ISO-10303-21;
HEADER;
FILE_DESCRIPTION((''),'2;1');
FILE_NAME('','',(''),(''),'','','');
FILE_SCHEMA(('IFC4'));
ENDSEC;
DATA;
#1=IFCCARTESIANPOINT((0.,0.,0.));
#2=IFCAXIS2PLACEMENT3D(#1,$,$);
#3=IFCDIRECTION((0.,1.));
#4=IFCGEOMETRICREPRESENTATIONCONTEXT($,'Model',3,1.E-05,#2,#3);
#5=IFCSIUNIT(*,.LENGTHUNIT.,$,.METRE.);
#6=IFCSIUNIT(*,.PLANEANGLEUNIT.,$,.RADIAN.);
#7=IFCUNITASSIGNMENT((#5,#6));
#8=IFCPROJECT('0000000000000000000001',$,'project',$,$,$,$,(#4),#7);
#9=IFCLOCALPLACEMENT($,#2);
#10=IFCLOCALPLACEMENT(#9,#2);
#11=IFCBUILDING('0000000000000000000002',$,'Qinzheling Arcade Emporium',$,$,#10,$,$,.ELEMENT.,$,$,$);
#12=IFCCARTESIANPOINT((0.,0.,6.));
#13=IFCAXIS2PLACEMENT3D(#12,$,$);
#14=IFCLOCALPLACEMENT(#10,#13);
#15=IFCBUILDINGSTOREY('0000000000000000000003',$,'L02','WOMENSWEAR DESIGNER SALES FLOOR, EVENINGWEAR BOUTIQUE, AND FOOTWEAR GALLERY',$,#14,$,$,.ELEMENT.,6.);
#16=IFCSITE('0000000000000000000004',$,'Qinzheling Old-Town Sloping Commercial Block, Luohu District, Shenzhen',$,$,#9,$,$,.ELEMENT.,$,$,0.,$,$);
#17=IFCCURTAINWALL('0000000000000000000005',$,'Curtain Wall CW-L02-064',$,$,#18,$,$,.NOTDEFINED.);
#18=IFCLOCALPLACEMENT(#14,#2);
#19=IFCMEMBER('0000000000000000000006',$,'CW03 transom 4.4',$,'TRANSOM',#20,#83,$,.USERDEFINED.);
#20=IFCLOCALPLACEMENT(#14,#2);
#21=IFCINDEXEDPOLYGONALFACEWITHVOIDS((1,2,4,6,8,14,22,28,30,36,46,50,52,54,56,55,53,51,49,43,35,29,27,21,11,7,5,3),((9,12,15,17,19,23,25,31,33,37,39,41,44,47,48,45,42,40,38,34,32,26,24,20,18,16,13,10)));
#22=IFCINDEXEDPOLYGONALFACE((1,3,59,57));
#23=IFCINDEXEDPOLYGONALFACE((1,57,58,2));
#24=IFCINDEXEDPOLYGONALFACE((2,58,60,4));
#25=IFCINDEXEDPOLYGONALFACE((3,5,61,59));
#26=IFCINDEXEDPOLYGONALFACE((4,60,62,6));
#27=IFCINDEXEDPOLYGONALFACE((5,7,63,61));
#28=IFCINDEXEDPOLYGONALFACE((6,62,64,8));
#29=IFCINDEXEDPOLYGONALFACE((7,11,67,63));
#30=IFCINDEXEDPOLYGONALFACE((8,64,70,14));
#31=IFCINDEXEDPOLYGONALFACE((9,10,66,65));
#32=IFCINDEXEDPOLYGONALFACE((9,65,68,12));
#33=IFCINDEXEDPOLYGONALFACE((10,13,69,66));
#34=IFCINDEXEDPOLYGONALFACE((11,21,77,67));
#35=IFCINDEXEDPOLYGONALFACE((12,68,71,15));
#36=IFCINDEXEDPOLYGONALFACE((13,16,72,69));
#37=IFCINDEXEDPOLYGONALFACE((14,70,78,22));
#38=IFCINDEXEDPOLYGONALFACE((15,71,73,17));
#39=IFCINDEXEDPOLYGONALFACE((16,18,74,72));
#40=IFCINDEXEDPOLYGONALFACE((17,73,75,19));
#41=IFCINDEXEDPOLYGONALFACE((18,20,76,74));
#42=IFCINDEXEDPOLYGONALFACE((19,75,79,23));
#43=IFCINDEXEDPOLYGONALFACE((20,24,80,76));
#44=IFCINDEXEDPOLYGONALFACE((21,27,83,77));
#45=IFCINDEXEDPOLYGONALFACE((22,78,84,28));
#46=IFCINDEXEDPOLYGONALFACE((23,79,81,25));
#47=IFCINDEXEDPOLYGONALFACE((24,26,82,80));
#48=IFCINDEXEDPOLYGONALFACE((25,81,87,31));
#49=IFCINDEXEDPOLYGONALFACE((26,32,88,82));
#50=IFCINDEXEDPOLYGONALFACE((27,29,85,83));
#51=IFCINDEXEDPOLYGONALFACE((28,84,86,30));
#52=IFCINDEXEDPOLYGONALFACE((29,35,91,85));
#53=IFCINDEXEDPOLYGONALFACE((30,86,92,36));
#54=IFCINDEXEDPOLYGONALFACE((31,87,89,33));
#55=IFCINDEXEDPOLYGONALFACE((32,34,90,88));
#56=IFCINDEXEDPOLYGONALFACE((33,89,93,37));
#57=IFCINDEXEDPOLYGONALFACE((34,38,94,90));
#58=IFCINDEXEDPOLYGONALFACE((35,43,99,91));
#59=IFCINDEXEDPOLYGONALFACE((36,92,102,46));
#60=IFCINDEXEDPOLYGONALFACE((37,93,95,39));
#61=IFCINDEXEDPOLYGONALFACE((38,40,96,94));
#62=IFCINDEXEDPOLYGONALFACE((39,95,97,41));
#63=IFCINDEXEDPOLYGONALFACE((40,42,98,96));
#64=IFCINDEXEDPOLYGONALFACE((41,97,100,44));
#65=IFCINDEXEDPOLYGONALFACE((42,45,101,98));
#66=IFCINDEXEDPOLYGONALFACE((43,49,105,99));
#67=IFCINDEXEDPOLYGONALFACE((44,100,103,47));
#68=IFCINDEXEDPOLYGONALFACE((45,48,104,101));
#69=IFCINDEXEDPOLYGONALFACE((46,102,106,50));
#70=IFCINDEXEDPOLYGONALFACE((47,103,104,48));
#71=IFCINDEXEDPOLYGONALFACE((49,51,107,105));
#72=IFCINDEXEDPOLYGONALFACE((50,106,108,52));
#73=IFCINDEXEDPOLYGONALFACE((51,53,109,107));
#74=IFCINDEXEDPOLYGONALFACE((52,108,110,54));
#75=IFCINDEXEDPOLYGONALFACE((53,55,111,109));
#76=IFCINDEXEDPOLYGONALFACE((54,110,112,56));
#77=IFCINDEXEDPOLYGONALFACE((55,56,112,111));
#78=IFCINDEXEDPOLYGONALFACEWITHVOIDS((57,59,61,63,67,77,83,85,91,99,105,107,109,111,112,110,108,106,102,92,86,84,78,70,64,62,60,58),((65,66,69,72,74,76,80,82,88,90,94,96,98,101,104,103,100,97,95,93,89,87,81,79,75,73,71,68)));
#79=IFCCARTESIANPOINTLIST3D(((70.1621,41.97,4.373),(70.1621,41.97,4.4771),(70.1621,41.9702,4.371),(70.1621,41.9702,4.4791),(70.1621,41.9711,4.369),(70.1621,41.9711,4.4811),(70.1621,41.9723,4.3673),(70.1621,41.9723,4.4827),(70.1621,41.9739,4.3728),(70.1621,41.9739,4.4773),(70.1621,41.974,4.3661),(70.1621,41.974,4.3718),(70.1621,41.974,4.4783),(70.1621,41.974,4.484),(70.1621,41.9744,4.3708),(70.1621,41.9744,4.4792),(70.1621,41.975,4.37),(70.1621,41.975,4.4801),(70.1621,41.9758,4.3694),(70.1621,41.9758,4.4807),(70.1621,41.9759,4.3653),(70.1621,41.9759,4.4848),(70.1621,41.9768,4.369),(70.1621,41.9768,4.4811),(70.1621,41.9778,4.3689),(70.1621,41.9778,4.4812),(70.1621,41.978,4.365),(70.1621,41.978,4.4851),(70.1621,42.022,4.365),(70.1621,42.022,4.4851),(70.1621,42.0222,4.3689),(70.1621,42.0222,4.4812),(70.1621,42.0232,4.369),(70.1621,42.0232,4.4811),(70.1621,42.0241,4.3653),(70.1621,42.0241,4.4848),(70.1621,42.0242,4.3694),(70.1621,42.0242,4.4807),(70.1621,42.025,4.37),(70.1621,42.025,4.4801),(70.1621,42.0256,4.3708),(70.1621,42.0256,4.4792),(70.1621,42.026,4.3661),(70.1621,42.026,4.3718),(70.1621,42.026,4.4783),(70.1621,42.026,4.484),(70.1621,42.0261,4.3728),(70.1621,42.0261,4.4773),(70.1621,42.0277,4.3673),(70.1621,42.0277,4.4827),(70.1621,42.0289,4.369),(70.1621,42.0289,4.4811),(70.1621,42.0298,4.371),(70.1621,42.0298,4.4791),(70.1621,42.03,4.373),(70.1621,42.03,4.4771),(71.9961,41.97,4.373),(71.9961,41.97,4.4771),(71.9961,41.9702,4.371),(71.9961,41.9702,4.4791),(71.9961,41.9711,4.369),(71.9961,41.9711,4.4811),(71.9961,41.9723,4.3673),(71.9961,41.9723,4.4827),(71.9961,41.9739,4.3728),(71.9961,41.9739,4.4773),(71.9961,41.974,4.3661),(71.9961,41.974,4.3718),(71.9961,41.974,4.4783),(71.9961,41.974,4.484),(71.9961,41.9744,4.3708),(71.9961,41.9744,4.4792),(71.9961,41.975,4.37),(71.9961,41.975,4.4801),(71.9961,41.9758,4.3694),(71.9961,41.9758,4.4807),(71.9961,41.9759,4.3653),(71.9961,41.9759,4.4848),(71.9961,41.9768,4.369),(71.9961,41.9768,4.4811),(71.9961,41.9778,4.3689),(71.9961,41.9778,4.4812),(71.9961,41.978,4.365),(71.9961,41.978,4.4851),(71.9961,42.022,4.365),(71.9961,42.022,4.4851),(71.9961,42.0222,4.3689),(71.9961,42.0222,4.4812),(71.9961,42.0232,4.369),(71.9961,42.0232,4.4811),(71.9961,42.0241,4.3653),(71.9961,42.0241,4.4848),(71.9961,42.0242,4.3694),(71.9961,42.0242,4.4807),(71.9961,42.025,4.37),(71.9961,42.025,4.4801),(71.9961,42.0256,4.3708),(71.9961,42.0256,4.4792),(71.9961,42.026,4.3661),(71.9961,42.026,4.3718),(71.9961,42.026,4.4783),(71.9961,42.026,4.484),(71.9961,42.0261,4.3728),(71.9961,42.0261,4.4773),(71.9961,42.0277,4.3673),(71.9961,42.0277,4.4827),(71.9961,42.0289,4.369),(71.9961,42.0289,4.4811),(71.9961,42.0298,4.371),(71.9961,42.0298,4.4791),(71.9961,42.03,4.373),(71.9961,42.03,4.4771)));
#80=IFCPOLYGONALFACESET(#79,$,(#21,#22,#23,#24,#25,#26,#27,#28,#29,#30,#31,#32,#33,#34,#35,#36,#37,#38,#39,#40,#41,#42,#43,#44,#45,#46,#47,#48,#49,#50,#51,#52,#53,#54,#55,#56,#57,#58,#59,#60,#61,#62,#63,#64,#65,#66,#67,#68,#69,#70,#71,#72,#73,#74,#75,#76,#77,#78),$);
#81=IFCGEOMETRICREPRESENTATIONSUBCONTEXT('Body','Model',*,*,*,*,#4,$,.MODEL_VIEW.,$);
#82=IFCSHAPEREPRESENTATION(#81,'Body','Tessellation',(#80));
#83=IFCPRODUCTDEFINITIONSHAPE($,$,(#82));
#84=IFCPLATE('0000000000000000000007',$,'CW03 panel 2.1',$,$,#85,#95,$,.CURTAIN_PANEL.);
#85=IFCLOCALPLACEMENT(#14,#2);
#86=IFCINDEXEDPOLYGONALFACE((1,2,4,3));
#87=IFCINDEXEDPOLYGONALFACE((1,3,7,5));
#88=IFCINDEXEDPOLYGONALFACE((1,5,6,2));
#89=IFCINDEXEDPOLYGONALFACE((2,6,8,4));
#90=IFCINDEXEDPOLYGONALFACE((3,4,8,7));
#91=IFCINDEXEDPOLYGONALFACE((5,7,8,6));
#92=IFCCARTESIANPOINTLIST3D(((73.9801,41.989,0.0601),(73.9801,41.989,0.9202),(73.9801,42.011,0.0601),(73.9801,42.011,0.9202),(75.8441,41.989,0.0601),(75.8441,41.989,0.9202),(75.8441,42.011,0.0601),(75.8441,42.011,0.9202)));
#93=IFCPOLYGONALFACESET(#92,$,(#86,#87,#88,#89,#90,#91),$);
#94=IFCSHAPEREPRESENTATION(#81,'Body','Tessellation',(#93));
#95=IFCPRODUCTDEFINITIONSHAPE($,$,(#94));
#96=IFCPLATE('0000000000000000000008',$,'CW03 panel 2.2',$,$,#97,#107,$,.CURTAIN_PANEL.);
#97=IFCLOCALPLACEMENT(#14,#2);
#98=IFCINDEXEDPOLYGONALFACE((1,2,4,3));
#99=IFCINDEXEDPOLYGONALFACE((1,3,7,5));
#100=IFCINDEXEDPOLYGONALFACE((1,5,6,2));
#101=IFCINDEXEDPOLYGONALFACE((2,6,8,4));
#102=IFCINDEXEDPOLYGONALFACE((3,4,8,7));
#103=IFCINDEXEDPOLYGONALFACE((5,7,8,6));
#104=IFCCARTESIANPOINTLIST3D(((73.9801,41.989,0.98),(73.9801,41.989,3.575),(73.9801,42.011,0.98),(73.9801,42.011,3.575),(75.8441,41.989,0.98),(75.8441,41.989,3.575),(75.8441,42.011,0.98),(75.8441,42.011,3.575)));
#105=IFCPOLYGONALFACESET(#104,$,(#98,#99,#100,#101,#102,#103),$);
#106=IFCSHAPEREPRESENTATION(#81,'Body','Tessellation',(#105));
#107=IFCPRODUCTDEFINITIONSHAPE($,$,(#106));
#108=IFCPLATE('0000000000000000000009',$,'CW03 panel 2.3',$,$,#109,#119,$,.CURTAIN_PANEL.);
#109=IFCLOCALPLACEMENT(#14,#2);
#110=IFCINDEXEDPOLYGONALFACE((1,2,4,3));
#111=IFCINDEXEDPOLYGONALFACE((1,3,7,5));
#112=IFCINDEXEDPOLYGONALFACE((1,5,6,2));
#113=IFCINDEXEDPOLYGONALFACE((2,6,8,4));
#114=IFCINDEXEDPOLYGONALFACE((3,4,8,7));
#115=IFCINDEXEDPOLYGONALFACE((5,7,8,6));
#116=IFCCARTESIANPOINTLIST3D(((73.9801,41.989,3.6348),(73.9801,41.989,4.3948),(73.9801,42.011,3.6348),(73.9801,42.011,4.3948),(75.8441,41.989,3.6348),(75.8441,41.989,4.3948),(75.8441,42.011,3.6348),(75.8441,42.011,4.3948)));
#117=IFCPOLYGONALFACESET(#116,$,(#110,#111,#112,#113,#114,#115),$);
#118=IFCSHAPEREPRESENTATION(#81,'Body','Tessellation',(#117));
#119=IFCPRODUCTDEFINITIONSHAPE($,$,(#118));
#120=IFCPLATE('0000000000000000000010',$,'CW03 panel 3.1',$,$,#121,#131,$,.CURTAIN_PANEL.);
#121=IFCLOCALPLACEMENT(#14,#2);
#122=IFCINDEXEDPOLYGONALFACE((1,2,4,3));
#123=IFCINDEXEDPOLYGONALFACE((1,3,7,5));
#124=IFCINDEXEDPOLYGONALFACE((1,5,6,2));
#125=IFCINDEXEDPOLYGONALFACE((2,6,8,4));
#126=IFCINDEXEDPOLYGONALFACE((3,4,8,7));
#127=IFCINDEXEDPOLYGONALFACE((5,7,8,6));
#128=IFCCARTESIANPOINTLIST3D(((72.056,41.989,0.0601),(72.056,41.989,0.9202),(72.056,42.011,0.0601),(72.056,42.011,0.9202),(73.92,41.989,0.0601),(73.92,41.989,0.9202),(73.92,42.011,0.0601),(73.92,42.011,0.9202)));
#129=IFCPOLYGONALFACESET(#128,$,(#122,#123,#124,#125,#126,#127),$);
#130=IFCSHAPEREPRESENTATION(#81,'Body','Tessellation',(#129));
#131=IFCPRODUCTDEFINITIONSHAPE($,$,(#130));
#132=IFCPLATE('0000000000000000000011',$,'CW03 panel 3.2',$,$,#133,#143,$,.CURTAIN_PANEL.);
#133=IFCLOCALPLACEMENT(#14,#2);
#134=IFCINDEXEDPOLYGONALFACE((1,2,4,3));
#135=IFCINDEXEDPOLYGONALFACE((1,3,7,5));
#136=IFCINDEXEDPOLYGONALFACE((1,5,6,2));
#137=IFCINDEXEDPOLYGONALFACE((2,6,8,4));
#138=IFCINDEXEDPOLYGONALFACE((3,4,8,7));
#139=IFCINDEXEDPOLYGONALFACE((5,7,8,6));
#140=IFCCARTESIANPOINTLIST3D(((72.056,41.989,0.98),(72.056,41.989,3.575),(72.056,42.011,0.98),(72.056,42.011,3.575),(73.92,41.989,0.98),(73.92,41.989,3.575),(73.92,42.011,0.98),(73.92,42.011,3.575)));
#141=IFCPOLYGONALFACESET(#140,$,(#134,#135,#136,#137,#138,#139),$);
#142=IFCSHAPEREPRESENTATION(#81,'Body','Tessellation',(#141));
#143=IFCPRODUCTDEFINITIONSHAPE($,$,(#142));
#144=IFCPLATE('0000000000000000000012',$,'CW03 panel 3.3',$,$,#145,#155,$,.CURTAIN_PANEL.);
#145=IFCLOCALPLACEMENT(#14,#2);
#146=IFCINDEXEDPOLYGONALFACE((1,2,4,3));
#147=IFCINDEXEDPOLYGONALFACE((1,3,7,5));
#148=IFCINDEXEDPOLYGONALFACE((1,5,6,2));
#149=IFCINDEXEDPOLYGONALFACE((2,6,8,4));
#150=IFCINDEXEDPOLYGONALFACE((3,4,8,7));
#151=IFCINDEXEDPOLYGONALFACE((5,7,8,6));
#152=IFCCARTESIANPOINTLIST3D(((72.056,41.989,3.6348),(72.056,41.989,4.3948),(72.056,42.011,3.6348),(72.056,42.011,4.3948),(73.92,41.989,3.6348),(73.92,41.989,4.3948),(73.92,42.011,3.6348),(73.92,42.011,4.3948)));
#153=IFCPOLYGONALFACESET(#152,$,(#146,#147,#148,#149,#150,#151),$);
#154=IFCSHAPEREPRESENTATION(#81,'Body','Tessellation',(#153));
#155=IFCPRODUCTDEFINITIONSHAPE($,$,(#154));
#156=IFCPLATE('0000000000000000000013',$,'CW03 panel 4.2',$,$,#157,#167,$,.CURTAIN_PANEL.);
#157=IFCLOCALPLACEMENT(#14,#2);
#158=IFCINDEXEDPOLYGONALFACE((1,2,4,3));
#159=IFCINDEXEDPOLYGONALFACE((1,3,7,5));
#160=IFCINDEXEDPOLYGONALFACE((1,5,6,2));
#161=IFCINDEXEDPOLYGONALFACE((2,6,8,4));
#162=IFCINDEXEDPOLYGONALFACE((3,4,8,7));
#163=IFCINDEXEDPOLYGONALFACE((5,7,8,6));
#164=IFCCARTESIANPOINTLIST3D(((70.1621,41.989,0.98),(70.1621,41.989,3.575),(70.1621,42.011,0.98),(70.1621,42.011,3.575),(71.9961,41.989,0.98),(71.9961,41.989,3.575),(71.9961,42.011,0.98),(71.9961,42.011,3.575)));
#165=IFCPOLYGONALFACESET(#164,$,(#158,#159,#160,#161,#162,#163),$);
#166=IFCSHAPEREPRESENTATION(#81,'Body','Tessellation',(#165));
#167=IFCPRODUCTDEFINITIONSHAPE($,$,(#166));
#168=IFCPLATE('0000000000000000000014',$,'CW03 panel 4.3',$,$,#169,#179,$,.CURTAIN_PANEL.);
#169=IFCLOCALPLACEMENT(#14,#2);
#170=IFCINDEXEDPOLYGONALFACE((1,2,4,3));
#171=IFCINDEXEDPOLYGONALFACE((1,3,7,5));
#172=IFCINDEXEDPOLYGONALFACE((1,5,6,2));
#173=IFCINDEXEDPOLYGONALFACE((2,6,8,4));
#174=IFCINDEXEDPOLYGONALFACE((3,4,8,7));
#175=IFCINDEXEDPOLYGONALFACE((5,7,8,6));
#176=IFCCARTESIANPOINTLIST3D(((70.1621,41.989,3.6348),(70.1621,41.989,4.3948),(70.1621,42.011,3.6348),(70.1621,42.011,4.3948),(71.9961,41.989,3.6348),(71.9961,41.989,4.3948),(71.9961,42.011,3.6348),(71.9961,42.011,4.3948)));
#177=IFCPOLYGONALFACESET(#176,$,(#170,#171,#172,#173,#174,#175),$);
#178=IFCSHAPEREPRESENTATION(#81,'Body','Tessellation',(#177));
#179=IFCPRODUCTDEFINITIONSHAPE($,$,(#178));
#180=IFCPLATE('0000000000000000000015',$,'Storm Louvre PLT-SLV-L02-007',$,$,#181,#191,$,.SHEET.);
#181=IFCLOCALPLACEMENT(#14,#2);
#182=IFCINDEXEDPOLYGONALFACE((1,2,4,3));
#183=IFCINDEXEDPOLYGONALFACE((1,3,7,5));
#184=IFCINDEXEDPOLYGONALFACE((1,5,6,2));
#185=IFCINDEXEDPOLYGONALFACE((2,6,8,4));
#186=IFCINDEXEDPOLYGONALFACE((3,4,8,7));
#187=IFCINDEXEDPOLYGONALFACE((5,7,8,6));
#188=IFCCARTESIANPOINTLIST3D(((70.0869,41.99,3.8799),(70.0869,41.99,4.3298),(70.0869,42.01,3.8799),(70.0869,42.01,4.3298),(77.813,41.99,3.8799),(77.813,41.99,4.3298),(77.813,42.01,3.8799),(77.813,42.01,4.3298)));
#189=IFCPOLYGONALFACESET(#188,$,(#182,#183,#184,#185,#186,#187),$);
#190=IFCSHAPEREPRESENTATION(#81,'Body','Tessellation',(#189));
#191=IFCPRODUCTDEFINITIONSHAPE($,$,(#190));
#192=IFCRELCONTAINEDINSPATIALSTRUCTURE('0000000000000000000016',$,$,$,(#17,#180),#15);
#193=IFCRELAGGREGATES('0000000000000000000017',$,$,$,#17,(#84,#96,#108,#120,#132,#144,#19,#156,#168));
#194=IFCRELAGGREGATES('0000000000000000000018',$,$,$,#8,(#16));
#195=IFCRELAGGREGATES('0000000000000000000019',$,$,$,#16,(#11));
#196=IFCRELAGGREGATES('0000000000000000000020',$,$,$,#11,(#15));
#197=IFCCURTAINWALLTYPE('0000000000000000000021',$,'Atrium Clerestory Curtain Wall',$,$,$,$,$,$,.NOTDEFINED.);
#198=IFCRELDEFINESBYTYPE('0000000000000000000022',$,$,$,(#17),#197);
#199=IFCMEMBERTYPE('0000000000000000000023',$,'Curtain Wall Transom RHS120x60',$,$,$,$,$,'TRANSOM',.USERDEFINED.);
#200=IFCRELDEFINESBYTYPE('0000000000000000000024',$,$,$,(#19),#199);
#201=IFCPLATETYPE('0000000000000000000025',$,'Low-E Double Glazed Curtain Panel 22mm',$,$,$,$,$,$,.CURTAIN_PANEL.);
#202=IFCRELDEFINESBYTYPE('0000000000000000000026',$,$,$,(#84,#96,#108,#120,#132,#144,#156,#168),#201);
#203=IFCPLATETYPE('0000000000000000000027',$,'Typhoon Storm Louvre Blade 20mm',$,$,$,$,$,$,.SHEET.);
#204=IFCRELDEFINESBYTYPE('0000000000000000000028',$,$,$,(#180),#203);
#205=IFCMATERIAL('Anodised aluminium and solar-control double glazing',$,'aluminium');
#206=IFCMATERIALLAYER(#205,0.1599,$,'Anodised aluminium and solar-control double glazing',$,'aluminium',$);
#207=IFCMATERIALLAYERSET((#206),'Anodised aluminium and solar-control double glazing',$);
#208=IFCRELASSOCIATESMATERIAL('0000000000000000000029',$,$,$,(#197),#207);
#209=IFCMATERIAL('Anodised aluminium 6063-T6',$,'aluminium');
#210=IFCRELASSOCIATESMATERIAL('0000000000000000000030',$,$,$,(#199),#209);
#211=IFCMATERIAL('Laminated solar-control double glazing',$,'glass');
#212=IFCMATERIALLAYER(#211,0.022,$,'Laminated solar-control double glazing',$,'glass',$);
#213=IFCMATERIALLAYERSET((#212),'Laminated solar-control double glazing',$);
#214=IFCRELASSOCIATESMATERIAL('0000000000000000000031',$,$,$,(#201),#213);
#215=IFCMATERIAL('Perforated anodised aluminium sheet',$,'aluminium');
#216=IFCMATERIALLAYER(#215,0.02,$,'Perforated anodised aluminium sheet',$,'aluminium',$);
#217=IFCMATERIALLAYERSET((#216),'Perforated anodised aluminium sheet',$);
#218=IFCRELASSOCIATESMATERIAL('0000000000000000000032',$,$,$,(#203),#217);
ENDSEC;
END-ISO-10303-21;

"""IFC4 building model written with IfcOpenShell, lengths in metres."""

from ifc_helpers import new_model, si_unit, direction, frame, origin, origin_2d, place, context, subcontext, project, spatial, rectangle, hollow_rectangle, extrude, material, layer, layer_set, material_profile, profile_set, type_object, element, aggregate, save


model = new_model("IFC4")

# Units and contexts
model_context = context("Model", 3, precision=1e-05, world=origin(), true_north=direction((0.0, 1.0)))
body_context = subcontext(model_context, "Body", "Model", "MODEL_VIEW")
ifc_project = project(units=[si_unit("LENGTHUNIT", "METRE"), si_unit("PLANEANGLEUNIT", "RADIAN")], contexts=[model_context])

# Site, building, storey
site_placement = place(None, origin())
site = spatial("IfcSite", under=ifc_project, at=site_placement, Name="Qinzheling Old-Town Sloping Commercial Block, Luohu District, Shenzhen", CompositionType="ELEMENT", RefElevation=0.0)
building_placement = place(site_placement, origin())
building = spatial("IfcBuilding", under=site, at=building_placement, Name="Qinzheling Arcade Emporium", CompositionType="ELEMENT")
storey_placement = place(building_placement, frame((0.0, 0.0, 6.0)))
storey = spatial("IfcBuildingStorey", under=building, at=storey_placement, Name="L02", Description="WOMENSWEAR DESIGNER SALES FLOOR, EVENINGWEAR BOUTIQUE, AND FOOTWEAR GALLERY", CompositionType="ELEMENT", Elevation=6.0)

# Curtain wall, member, plates
ifc_material_1 = material(Name="Anodised aluminium and solar-control double glazing", Category="aluminium")
ifc_layer_1 = layer(ifc_material_1, 0.1599, Name="Anodised aluminium and solar-control double glazing", Category="aluminium")
ifc_layer_set_1 = layer_set([ifc_layer_1], Name="Anodised aluminium and solar-control double glazing")
curtain_wall_type = type_object("IfcCurtainWallType", Name="Atrium Clerestory Curtain Wall", PredefinedType="NOTDEFINED", material=ifc_layer_set_1)
curtain_wall_placement = place(storey_placement, origin())
curtain_wall = element("IfcCurtainWall", 1, at=curtain_wall_placement, inside=storey, type_object=curtain_wall_type, Name="Curtain Wall CW-L02-064", PredefinedType="NOTDEFINED")
ifc_material_2 = material(Name="Anodised aluminium 6063-T6", Category="aluminium")
ifc_material_profile_1 = material_profile(ifc_material_2, hollow_rectangle(XDim=0.0601, YDim=0.1201, WallThickness=0.0039, InnerFilletRadius=0.0039, OuterFilletRadius=0.0081, at=origin_2d()), Name="RHS 120x60x4", Category="aluminium")
ifc_profile_set_1 = profile_set([ifc_material_profile_1], Name="Anodised aluminium 6063-T6")
member_type_1 = type_object("IfcMemberType", Name="Curtain Wall Transom RHS120x60", ElementType="TRANSOM", PredefinedType="USERDEFINED", material=ifc_profile_set_1)
member_1_placement = place(storey_placement, frame((71.9961, 42.0, 4.425), z_axis=(-1.0, 0.0, 0.0), x_axis=(0.0, -1.0, 0.0)))
member_1 = element("IfcMember", 2, at=member_1_placement, type_object=member_type_1, Name="CW03 transom 4.4", ObjectType="TRANSOM", PredefinedType="USERDEFINED", context=body_context, shape_type="SweptSolid", body=[
    extrude(hollow_rectangle(XDim=0.0601, YDim=0.1201, WallThickness=0.0039, InnerFilletRadius=0.0039, OuterFilletRadius=0.0081, at=origin_2d()), origin(), (0.0, 0.0, 1.0), 1.834),
])
ifc_material_3 = material(Name="Laminated solar-control double glazing", Category="glass")
ifc_layer_2 = layer(ifc_material_3, 0.022, Name="Laminated solar-control double glazing", Category="glass")
ifc_layer_set_2 = layer_set([ifc_layer_2], Name="Laminated solar-control double glazing")
plate_type_1 = type_object("IfcPlateType", Name="Low-E Double Glazed Curtain Panel 22mm", PredefinedType="CURTAIN_PANEL", material=ifc_layer_set_2)
plate_1_placement = place(storey_placement, frame((74.9121, 42.0, 0.0601), z_axis=(0.0, 0.0, 1.0), x_axis=(-1.0, 0.0, 0.0)))
plate_1 = element("IfcPlate", 3, at=plate_1_placement, type_object=plate_type_1, Name="CW03 panel 2.1", PredefinedType="CURTAIN_PANEL", context=body_context, shape_type="SweptSolid", body=[
    extrude(rectangle(XDim=1.864, YDim=0.022, at=origin_2d()), origin(), (0.0, 0.0, 1.0), 0.8601),
])
plate_2_placement = place(storey_placement, frame((74.9121, 42.0, 0.98), z_axis=(0.0, 0.0, 1.0), x_axis=(-1.0, 0.0, 0.0)))
plate_2 = element("IfcPlate", 4, at=plate_2_placement, type_object=plate_type_1, Name="CW03 panel 2.2", PredefinedType="CURTAIN_PANEL", context=body_context, shape_type="SweptSolid", body=[
    extrude(rectangle(XDim=1.864, YDim=0.022, at=origin_2d()), origin(), (0.0, 0.0, 1.0), 2.595),
])
plate_3_placement = place(storey_placement, frame((74.9121, 42.0, 3.6348), z_axis=(0.0, 0.0, 1.0), x_axis=(-1.0, 0.0, 0.0)))
plate_3 = element("IfcPlate", 5, at=plate_3_placement, type_object=plate_type_1, Name="CW03 panel 2.3", PredefinedType="CURTAIN_PANEL", context=body_context, shape_type="SweptSolid", body=[
    extrude(rectangle(XDim=1.864, YDim=0.022, at=origin_2d()), origin(), (0.0, 0.0, 1.0), 0.76),
])
plate_4_placement = place(storey_placement, frame((72.988, 42.0, 0.0601), z_axis=(0.0, 0.0, 1.0), x_axis=(-1.0, 0.0, 0.0)))
plate_4 = element("IfcPlate", 6, at=plate_4_placement, type_object=plate_type_1, Name="CW03 panel 3.1", PredefinedType="CURTAIN_PANEL", context=body_context, shape_type="SweptSolid", body=[
    extrude(rectangle(XDim=1.864, YDim=0.022, at=origin_2d()), origin(), (0.0, 0.0, 1.0), 0.8601),
])
plate_5_placement = place(storey_placement, frame((72.988, 42.0, 0.98), z_axis=(0.0, 0.0, 1.0), x_axis=(-1.0, 0.0, 0.0)))
plate_5 = element("IfcPlate", 7, at=plate_5_placement, type_object=plate_type_1, Name="CW03 panel 3.2", PredefinedType="CURTAIN_PANEL", context=body_context, shape_type="SweptSolid", body=[
    extrude(rectangle(XDim=1.864, YDim=0.022, at=origin_2d()), origin(), (0.0, 0.0, 1.0), 2.595),
])
plate_6_placement = place(storey_placement, frame((72.988, 42.0, 3.6348), z_axis=(0.0, 0.0, 1.0), x_axis=(-1.0, 0.0, 0.0)))
plate_6 = element("IfcPlate", 8, at=plate_6_placement, type_object=plate_type_1, Name="CW03 panel 3.3", PredefinedType="CURTAIN_PANEL", context=body_context, shape_type="SweptSolid", body=[
    extrude(rectangle(XDim=1.864, YDim=0.022, at=origin_2d()), origin(), (0.0, 0.0, 1.0), 0.76),
])
plate_7_placement = place(storey_placement, frame((71.0791, 42.0, 0.98), z_axis=(0.0, 0.0, 1.0), x_axis=(-1.0, 0.0, 0.0)))
plate_7 = element("IfcPlate", 9, at=plate_7_placement, type_object=plate_type_1, Name="CW03 panel 4.2", PredefinedType="CURTAIN_PANEL", context=body_context, shape_type="SweptSolid", body=[
    extrude(rectangle(XDim=1.834, YDim=0.022, at=origin_2d()), origin(), (0.0, 0.0, 1.0), 2.595),
])
plate_8_placement = place(storey_placement, frame((71.0791, 42.0, 3.6348), z_axis=(0.0, 0.0, 1.0), x_axis=(-1.0, 0.0, 0.0)))
plate_8 = element("IfcPlate", 10, at=plate_8_placement, type_object=plate_type_1, Name="CW03 panel 4.3", PredefinedType="CURTAIN_PANEL", context=body_context, shape_type="SweptSolid", body=[
    extrude(rectangle(XDim=1.834, YDim=0.022, at=origin_2d()), origin(), (0.0, 0.0, 1.0), 0.76),
])
aggregate(curtain_wall, [plate_1, plate_2, plate_3, plate_4, plate_5, plate_6, member_1, plate_7, plate_8])

# Plate
ifc_material_4 = material(Name="Perforated anodised aluminium sheet", Category="aluminium")
ifc_layer_3 = layer(ifc_material_4, 0.02, Name="Perforated anodised aluminium sheet", Category="aluminium")
ifc_layer_set_3 = layer_set([ifc_layer_3], Name="Perforated anodised aluminium sheet")
plate_type_2 = type_object("IfcPlateType", Name="Typhoon Storm Louvre Blade 20mm", PredefinedType="SHEET", material=ifc_layer_set_3)
plate_9_placement = place(storey_placement, frame((73.95, 42.0, 3.8799), z_axis=(0.0, 0.0, 1.0), x_axis=(-1.0, 0.0, 0.0)))
element("IfcPlate", 11, at=plate_9_placement, inside=storey, type_object=plate_type_2, Name="Storm Louvre PLT-SLV-L02-007", PredefinedType="SHEET", context=body_context, shape_type="SweptSolid", body=[
    extrude(rectangle(XDim=7.7261, YDim=0.02, at=origin_2d()), origin(), (0.0, 0.0, 1.0), 0.45),
])

save(model, "model.ifc")
